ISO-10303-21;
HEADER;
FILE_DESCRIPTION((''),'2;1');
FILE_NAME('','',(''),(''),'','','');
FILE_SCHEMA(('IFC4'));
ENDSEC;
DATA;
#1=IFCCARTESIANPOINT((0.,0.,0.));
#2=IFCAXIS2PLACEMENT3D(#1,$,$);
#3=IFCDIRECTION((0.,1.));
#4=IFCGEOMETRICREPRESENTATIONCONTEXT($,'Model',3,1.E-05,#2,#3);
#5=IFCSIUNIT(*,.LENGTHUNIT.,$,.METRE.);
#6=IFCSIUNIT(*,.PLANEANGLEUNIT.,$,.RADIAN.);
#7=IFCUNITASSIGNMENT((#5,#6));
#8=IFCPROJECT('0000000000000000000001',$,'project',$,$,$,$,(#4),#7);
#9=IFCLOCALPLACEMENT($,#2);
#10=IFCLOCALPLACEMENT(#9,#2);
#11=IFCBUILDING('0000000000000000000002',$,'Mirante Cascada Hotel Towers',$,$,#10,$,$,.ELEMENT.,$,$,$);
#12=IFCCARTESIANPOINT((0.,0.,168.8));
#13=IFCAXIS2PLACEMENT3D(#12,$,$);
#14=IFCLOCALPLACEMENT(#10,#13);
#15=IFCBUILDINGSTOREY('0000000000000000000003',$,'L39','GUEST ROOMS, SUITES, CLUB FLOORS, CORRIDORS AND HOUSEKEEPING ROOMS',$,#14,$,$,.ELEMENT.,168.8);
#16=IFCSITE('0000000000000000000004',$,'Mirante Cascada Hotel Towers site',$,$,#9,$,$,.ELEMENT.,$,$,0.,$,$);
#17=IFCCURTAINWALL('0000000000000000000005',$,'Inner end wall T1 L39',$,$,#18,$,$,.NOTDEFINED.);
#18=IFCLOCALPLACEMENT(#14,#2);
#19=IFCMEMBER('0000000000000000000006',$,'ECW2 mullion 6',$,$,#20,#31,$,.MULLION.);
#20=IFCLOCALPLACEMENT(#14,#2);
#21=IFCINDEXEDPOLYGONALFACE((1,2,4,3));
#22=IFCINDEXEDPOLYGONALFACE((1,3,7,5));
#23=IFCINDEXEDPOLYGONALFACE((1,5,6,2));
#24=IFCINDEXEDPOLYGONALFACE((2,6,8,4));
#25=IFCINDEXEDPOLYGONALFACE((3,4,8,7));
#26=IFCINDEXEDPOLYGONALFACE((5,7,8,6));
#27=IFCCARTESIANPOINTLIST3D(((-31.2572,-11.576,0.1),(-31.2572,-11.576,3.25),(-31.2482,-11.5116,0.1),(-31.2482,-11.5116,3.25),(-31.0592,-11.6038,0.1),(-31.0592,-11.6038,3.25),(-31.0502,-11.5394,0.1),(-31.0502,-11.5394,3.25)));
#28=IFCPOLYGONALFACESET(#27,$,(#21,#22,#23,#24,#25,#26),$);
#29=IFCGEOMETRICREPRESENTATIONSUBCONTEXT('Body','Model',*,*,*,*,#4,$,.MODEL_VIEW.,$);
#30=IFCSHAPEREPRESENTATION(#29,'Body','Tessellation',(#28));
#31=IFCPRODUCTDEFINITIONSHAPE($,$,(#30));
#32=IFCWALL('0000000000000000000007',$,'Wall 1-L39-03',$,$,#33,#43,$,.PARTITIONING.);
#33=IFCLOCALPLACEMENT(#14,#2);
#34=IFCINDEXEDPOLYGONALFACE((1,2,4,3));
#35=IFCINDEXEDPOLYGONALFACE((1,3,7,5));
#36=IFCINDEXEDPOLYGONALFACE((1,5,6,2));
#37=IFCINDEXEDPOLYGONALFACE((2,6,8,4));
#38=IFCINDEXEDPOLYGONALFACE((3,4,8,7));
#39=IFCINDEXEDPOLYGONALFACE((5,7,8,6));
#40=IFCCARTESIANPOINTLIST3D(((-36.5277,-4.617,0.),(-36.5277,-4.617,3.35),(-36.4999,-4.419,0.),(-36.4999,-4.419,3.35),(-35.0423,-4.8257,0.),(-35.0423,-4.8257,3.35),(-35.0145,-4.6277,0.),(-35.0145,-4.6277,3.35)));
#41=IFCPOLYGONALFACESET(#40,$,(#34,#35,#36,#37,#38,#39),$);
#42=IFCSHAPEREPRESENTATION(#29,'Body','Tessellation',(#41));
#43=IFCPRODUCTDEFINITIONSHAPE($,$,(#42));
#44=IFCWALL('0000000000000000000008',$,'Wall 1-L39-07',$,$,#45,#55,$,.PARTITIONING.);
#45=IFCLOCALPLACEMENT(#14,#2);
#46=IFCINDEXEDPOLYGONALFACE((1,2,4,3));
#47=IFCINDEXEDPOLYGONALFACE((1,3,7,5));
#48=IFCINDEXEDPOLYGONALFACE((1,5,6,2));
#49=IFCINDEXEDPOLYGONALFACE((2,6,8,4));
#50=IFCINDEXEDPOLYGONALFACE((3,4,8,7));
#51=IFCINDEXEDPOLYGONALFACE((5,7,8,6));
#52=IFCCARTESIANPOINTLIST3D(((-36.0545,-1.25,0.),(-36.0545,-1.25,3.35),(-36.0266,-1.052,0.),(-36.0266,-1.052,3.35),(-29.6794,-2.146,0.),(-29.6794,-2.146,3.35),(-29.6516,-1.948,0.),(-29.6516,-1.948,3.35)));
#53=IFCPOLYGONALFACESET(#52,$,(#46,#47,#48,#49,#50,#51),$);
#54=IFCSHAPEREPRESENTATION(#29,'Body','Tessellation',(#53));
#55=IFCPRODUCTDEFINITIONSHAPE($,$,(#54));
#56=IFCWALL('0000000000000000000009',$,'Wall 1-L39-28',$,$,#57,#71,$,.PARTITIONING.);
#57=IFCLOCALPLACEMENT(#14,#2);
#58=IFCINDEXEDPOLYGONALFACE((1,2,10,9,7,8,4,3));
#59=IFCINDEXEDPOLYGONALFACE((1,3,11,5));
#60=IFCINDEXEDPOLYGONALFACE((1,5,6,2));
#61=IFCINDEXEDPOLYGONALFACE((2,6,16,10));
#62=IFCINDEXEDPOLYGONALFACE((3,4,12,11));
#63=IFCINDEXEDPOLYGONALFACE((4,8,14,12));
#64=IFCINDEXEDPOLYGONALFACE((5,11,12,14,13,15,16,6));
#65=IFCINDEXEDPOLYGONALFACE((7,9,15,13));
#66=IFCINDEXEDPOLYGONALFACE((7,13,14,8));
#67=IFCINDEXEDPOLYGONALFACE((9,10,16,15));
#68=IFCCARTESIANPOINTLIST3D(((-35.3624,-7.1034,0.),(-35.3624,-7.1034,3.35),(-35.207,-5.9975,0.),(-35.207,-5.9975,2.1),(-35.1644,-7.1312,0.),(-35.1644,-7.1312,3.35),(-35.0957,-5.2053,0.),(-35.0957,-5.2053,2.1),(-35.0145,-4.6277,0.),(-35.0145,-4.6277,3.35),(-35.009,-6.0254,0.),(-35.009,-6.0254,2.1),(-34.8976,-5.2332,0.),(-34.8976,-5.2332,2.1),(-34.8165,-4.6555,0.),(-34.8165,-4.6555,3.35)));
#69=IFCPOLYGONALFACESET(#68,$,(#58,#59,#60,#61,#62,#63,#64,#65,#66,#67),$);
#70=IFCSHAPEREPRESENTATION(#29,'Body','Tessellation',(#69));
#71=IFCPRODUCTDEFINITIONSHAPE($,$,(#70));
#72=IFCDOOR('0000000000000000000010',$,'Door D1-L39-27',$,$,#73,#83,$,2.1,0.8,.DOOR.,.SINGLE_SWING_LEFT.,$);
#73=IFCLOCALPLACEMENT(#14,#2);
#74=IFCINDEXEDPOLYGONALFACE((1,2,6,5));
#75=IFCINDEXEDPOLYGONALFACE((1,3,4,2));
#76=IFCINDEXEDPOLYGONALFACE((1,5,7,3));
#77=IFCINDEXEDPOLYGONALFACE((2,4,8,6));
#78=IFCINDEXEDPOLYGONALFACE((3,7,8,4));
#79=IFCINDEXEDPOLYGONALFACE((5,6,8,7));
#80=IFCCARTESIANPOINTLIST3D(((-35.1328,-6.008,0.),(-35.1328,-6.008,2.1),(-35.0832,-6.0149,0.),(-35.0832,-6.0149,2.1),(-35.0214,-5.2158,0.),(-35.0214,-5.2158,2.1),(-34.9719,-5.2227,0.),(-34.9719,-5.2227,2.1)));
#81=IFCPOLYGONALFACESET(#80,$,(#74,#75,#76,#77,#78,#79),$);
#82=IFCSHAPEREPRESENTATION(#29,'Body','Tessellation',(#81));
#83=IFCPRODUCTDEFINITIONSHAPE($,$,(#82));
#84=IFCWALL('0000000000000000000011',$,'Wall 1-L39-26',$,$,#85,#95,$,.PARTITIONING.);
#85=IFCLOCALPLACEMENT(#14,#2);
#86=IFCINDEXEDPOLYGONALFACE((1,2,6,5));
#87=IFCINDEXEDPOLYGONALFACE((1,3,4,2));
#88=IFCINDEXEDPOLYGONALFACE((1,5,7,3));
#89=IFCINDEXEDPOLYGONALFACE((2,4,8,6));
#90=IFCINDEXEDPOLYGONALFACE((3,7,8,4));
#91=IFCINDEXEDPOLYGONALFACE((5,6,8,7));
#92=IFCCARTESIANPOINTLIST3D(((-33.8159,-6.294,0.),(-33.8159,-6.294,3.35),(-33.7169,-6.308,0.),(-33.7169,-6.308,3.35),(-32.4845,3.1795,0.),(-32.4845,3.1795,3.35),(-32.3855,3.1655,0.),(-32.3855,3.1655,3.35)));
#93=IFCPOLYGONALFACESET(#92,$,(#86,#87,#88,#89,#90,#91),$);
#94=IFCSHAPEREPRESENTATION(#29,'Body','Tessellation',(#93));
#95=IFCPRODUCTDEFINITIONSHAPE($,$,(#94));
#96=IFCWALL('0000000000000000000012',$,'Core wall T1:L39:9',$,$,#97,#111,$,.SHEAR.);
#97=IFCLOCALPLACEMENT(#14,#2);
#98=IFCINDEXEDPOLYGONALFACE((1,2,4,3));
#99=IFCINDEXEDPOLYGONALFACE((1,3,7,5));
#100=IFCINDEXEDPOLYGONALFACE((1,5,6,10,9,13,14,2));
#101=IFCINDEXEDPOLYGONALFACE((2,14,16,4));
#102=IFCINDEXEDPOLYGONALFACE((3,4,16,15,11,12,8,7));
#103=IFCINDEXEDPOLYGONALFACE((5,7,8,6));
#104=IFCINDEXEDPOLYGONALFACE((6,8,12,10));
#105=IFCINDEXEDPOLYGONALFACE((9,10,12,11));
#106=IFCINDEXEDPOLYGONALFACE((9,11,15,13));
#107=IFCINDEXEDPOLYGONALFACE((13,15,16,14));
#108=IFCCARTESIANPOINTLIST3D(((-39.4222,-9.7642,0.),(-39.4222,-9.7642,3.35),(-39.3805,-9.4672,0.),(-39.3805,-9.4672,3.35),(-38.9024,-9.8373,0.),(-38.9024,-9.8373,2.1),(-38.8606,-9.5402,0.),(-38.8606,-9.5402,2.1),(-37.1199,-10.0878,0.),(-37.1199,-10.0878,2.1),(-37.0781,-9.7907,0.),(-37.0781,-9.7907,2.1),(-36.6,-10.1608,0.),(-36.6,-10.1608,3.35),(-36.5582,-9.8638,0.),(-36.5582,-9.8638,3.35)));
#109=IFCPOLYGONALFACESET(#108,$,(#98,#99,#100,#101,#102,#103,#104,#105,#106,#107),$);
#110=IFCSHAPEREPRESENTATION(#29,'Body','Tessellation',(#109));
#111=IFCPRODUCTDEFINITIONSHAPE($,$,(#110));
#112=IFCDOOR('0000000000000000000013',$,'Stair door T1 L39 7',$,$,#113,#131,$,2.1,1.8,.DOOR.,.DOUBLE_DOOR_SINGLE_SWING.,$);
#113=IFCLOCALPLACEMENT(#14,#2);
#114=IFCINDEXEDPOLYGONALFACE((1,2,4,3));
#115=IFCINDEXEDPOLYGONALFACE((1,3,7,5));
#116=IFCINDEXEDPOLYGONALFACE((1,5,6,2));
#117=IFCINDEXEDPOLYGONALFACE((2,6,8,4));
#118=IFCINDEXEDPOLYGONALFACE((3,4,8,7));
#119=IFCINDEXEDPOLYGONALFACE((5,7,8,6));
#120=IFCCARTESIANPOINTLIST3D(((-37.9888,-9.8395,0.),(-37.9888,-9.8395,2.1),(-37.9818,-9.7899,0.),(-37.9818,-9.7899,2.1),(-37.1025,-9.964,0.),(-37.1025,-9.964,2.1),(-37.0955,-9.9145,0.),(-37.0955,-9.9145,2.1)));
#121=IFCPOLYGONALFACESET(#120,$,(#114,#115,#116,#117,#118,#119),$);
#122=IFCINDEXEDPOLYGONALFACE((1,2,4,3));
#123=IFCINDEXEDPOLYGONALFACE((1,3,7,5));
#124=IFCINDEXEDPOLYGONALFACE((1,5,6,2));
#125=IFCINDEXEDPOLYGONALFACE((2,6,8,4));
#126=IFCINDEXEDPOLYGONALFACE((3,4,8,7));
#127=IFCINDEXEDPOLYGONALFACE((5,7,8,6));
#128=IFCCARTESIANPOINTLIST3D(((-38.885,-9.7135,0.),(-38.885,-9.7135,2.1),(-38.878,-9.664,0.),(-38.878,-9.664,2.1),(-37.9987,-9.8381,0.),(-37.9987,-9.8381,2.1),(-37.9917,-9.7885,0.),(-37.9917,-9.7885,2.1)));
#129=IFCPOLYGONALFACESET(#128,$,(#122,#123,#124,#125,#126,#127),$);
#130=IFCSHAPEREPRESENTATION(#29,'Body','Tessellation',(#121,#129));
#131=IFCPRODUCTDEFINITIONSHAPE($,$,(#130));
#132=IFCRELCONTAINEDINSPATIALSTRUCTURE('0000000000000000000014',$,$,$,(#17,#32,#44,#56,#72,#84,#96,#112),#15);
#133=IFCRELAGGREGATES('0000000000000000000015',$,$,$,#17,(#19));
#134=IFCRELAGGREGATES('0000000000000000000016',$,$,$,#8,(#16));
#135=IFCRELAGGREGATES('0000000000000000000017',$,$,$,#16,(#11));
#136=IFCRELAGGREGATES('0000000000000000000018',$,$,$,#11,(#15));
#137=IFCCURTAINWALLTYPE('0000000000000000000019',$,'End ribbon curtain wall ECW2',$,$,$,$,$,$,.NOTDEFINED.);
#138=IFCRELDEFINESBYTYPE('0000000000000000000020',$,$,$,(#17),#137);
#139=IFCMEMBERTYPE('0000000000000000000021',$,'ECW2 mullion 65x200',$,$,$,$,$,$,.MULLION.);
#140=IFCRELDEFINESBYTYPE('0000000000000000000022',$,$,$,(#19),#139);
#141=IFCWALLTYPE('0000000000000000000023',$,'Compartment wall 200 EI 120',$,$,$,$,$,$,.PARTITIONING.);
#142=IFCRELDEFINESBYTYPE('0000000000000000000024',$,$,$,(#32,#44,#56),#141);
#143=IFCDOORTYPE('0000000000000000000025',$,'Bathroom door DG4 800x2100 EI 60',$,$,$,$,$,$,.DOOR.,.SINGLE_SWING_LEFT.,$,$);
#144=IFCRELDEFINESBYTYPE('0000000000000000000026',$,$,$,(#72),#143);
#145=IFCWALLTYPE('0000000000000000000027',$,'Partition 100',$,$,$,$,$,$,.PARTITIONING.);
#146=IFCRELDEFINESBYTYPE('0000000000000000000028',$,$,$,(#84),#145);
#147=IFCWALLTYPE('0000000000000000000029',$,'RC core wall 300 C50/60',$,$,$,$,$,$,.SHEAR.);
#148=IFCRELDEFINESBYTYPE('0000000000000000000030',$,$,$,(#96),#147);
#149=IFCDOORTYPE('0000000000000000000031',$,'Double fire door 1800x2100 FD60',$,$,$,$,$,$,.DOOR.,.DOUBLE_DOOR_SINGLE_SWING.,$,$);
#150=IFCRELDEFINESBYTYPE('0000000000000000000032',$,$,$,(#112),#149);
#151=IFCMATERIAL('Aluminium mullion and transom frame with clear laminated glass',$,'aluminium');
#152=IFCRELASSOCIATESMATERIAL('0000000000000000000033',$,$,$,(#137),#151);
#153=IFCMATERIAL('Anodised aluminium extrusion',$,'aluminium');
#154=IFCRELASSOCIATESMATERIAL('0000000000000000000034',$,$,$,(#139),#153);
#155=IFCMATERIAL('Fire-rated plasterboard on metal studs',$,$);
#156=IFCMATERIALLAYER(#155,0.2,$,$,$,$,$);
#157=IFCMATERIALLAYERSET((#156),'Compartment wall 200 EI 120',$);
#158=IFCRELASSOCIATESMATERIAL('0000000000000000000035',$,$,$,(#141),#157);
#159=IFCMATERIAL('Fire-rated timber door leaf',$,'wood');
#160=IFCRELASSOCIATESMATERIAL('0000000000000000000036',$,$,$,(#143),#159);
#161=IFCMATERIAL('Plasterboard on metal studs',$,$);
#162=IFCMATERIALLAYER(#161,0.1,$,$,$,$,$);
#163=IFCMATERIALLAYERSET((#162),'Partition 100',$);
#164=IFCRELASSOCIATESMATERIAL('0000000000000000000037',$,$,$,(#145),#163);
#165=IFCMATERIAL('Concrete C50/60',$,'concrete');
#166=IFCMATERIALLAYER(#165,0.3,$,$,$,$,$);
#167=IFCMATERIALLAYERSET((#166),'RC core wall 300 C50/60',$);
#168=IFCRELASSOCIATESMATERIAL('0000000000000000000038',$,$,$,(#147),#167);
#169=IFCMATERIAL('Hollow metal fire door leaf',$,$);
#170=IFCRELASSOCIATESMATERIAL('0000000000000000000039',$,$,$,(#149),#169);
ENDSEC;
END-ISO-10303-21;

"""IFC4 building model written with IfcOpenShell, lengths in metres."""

from ifc_helpers import new_model, si_unit, direction, frame, frame_2d, origin, origin_2d, place, context, subcontext, project, spatial, rectangle, extrude, material, layer, layer_set, material_profile, profile_set, type_object, element, fill, aggregate, save


model = new_model("IFC4")

# Units and contexts
model_context = context("Model", 3, precision=1e-05, world=origin(), true_north=direction((0.0, 1.0)))
body_context = subcontext(model_context, "Body", "Model", "MODEL_VIEW")
ifc_project = project(units=[si_unit("LENGTHUNIT", "METRE"), si_unit("PLANEANGLEUNIT", "RADIAN")], contexts=[model_context])

# Site, building, storey
site_placement = place(None, origin())
site = spatial("IfcSite", under=ifc_project, at=site_placement, Name="Mirante Cascada Hotel Towers site", CompositionType="ELEMENT", RefElevation=0.0)
building_placement = place(site_placement, origin())
building = spatial("IfcBuilding", under=site, at=building_placement, Name="Mirante Cascada Hotel Towers", CompositionType="ELEMENT")
storey_placement = place(building_placement, frame((0.0, 0.0, 168.8)))
storey = spatial("IfcBuildingStorey", under=building, at=storey_placement, Name="L39", Description="GUEST ROOMS, SUITES, CLUB FLOORS, CORRIDORS AND HOUSEKEEPING ROOMS", CompositionType="ELEMENT", Elevation=168.8)

# Curtain wall, member
ifc_material_1 = material(Name="Aluminium mullion and transom frame with clear laminated glass", Category="aluminium")
curtain_wall_type = type_object("IfcCurtainWallType", Name="End ribbon curtain wall ECW2", PredefinedType="NOTDEFINED", material=ifc_material_1)
curtain_wall_placement = place(storey_placement, origin())
curtain_wall = element("IfcCurtainWall", 1, at=curtain_wall_placement, inside=storey, type_object=curtain_wall_type, Name="Inner end wall T1 L39", PredefinedType="NOTDEFINED")
ifc_material_2 = material(Name="Anodised aluminium extrusion", Category="aluminium")
ifc_material_profile = material_profile(ifc_material_2, rectangle(XDim=0.2, YDim=0.065, at=origin_2d()), Name="ECW2 MULLION 65x200")
ifc_profile_set = profile_set([ifc_material_profile], Name="Anodised aluminium extrusion")
member_type = type_object("IfcMemberType", Name="ECW2 mullion 65x200", PredefinedType="MULLION", material=ifc_profile_set)
member_placement = place(storey_placement, frame((-31.1537, -11.5577, 0.1), z_axis=(0.0, 0.0, 1.0), x_axis=(0.990268, -0.139173, 0.0)))
member = element("IfcMember", 2, at=member_placement, type_object=member_type, Name="ECW2 mullion 6", PredefinedType="MULLION", context=body_context, shape_type="SweptSolid", body=[
    extrude(rectangle(XDim=0.2, YDim=0.065, at=origin_2d()), origin(), (0.0, 0.0, 1.0), 3.15),
])
aggregate(curtain_wall, [member])

# Walls
ifc_material_3 = material(Name="Fire-rated plasterboard on metal studs")
ifc_layer_1 = layer(ifc_material_3, 0.2)
ifc_layer_set_1 = layer_set([ifc_layer_1], Name="Compartment wall 200 EI 120")
wall_type_1 = type_object("IfcWallType", Name="Compartment wall 200 EI 120", PredefinedType="PARTITIONING", material=ifc_layer_set_1)
wall_1_placement = place(storey_placement, frame((-36.5138, -4.518, 0.0), z_axis=(0.0, 0.0, 1.0), x_axis=(0.990274, -0.139134, 0.0)))
element("IfcWall", 3, at=wall_1_placement, inside=storey, type_object=wall_type_1, Name="Wall 1-L39-03", PredefinedType="PARTITIONING", context=body_context, shape_type="SweptSolid", body=[
    extrude(rectangle(XDim=1.5, YDim=0.2, at=frame_2d((0.75, 0.0))), origin(), (0.0, 0.0, 1.0), 3.35),
])
wall_2_placement = place(storey_placement, frame((-36.0406, -1.151, 0.0), z_axis=(0.0, 0.0, 1.0), x_axis=(0.990267, -0.139181, 0.0)))
element("IfcWall", 4, at=wall_2_placement, inside=storey, type_object=wall_type_1, Name="Wall 1-L39-07", PredefinedType="PARTITIONING", context=body_context, shape_type="SweptSolid", body=[
    extrude(rectangle(XDim=6.4377, YDim=0.2, at=frame_2d((3.2189, 0.0))), origin(), (0.0, 0.0, 1.0), 3.35),
])

# Wall, opening, door
wall_3_placement = place(storey_placement, frame((-35.2634, -7.1173, 0.0), z_axis=(0.0, 0.0, 1.0), x_axis=(0.139159, 0.99027, 0.0)))
wall_3 = element("IfcWall", 5, at=wall_3_placement, inside=storey, type_object=wall_type_1, Name="Wall 1-L39-28", PredefinedType="PARTITIONING", context=body_context, shape_type="SweptSolid", body=[
    extrude(rectangle(XDim=2.5, YDim=0.2, at=frame_2d((1.25, 0.0))), origin(), (0.0, 0.0, 1.0), 3.35),
])
opening_1_placement = place(wall_3_placement, frame((1.1167, 0.0, 0.0)))
opening_1 = element("IfcOpeningElement", 6, at=opening_1_placement, cuts=wall_3, PredefinedType="OPENING", context=body_context, shape_type="SweptSolid", body=[
    extrude(rectangle(XDim=0.8, YDim=2.1, at=frame_2d((0.4, 1.05))), frame((0.0, 0.1, 0.0), z_axis=(0.0, -1.0, 0.0), x_axis=(1.0, 0.0, 0.0)), (0.0, 0.0, 1.0), 0.2),
])
ifc_material_4 = material(Name="Fire-rated timber door leaf", Category="wood")
door_type_1 = type_object("IfcDoorType", Name="Bathroom door DG4 800x2100 EI 60", OperationType="SINGLE_SWING_LEFT", PredefinedType="DOOR", material=ifc_material_4)
door_1_placement = place(opening_1_placement, origin())
door_1 = element("IfcDoor", 7, at=door_1_placement, inside=storey, type_object=door_type_1, Name="Door D1-L39-27", OperationType="SINGLE_SWING_LEFT", OverallHeight=2.1, OverallWidth=0.8, PredefinedType="DOOR", context=body_context, shape_type="SweptSolid", body=[
    extrude(rectangle(XDim=0.8, YDim=2.1, at=frame_2d((0.4, 1.05))), frame((0.0, 0.025, 0.0), z_axis=(0.0, -1.0, 0.0), x_axis=(1.0, 0.0, 0.0)), (0.0, 0.0, 1.0), 0.05),
])
fill(opening_1, door_1)

# Wall
ifc_material_5 = material(Name="Plasterboard on metal studs")
ifc_layer_2 = layer(ifc_material_5, 0.1)
ifc_layer_set_2 = layer_set([ifc_layer_2], Name="Partition 100")
wall_type_2 = type_object("IfcWallType", Name="Partition 100", PredefinedType="PARTITIONING", material=ifc_layer_set_2)
wall_4_placement = place(storey_placement, frame((-33.7664, -6.301, 0.0), z_axis=(0.0, 0.0, 1.0), x_axis=(0.139172, 0.990268, 0.0)))
element("IfcWall", 8, at=wall_4_placement, inside=storey, type_object=wall_type_2, Name="Wall 1-L39-26", PredefinedType="PARTITIONING", context=body_context, shape_type="SweptSolid", body=[
    extrude(rectangle(XDim=9.5666, YDim=0.1, at=frame_2d((4.7833, 0.0))), origin(), (0.0, 0.0, 1.0), 3.35),
])

# Wall, opening, door
ifc_material_6 = material(Name="Concrete C50/60", Category="concrete")
ifc_layer_3 = layer(ifc_material_6, 0.3)
ifc_layer_set_3 = layer_set([ifc_layer_3], Name="RC core wall 300 C50/60")
wall_type_3 = type_object("IfcWallType", Name="RC core wall 300 C50/60", PredefinedType="SHEAR", material=ifc_layer_set_3)
wall_5_placement = place(storey_placement, frame((-36.5791, -10.0123, 0.0), z_axis=(0.0, 0.0, 1.0), x_axis=(-0.99027, 0.139156, 0.0)))
wall_5 = element("IfcWall", 9, at=wall_5_placement, inside=storey, type_object=wall_type_3, Name="Core wall T1:L39:9", PredefinedType="SHEAR", context=body_context, shape_type="SweptSolid", body=[
    extrude(rectangle(XDim=2.85, YDim=0.3, at=frame_2d((1.425, 0.0))), origin(), (0.0, 0.0, 1.0), 3.35),
])
opening_2_placement = place(wall_5_placement, frame((0.525, 0.0, 0.0)))
opening_2 = element("IfcOpeningElement", 10, at=opening_2_placement, cuts=wall_5, PredefinedType="OPENING", context=body_context, shape_type="SweptSolid", body=[
    extrude(rectangle(XDim=1.8, YDim=2.1, at=frame_2d((0.9, 1.05))), frame((0.0, 0.15, 0.0), z_axis=(0.0, -1.0, 0.0), x_axis=(1.0, 0.0, 0.0)), (0.0, 0.0, 1.0), 0.3),
])
ifc_material_7 = material(Name="Hollow metal fire door leaf")
door_type_2 = type_object("IfcDoorType", Name="Double fire door 1800x2100 FD60", OperationType="DOUBLE_DOOR_SINGLE_SWING", PredefinedType="DOOR", material=ifc_material_7)
door_2_placement = place(opening_2_placement, origin())
door_2 = element("IfcDoor", 11, at=door_2_placement, inside=storey, type_object=door_type_2, Name="Stair door T1 L39 7", OperationType="DOUBLE_DOOR_SINGLE_SWING", OverallHeight=2.1, OverallWidth=1.8, PredefinedType="DOOR", context=body_context, shape_type="SweptSolid", body=[
    extrude(rectangle(XDim=0.895, YDim=2.1, at=frame_2d((0.4475, 1.05))), frame((0.0, 0.025, 0.0), z_axis=(0.0, -1.0, 0.0), x_axis=(1.0, 0.0, 0.0)), (0.0, 0.0, 1.0), 0.05),
    extrude(rectangle(XDim=0.895, YDim=2.1, at=frame_2d((1.3525, 1.05))), frame((0.0, 0.025, 0.0), z_axis=(0.0, -1.0, 0.0), x_axis=(1.0, 0.0, 0.0)), (0.0, 0.0, 1.0), 0.05),
])
fill(opening_2, door_2)

save(model, "model.ifc")
